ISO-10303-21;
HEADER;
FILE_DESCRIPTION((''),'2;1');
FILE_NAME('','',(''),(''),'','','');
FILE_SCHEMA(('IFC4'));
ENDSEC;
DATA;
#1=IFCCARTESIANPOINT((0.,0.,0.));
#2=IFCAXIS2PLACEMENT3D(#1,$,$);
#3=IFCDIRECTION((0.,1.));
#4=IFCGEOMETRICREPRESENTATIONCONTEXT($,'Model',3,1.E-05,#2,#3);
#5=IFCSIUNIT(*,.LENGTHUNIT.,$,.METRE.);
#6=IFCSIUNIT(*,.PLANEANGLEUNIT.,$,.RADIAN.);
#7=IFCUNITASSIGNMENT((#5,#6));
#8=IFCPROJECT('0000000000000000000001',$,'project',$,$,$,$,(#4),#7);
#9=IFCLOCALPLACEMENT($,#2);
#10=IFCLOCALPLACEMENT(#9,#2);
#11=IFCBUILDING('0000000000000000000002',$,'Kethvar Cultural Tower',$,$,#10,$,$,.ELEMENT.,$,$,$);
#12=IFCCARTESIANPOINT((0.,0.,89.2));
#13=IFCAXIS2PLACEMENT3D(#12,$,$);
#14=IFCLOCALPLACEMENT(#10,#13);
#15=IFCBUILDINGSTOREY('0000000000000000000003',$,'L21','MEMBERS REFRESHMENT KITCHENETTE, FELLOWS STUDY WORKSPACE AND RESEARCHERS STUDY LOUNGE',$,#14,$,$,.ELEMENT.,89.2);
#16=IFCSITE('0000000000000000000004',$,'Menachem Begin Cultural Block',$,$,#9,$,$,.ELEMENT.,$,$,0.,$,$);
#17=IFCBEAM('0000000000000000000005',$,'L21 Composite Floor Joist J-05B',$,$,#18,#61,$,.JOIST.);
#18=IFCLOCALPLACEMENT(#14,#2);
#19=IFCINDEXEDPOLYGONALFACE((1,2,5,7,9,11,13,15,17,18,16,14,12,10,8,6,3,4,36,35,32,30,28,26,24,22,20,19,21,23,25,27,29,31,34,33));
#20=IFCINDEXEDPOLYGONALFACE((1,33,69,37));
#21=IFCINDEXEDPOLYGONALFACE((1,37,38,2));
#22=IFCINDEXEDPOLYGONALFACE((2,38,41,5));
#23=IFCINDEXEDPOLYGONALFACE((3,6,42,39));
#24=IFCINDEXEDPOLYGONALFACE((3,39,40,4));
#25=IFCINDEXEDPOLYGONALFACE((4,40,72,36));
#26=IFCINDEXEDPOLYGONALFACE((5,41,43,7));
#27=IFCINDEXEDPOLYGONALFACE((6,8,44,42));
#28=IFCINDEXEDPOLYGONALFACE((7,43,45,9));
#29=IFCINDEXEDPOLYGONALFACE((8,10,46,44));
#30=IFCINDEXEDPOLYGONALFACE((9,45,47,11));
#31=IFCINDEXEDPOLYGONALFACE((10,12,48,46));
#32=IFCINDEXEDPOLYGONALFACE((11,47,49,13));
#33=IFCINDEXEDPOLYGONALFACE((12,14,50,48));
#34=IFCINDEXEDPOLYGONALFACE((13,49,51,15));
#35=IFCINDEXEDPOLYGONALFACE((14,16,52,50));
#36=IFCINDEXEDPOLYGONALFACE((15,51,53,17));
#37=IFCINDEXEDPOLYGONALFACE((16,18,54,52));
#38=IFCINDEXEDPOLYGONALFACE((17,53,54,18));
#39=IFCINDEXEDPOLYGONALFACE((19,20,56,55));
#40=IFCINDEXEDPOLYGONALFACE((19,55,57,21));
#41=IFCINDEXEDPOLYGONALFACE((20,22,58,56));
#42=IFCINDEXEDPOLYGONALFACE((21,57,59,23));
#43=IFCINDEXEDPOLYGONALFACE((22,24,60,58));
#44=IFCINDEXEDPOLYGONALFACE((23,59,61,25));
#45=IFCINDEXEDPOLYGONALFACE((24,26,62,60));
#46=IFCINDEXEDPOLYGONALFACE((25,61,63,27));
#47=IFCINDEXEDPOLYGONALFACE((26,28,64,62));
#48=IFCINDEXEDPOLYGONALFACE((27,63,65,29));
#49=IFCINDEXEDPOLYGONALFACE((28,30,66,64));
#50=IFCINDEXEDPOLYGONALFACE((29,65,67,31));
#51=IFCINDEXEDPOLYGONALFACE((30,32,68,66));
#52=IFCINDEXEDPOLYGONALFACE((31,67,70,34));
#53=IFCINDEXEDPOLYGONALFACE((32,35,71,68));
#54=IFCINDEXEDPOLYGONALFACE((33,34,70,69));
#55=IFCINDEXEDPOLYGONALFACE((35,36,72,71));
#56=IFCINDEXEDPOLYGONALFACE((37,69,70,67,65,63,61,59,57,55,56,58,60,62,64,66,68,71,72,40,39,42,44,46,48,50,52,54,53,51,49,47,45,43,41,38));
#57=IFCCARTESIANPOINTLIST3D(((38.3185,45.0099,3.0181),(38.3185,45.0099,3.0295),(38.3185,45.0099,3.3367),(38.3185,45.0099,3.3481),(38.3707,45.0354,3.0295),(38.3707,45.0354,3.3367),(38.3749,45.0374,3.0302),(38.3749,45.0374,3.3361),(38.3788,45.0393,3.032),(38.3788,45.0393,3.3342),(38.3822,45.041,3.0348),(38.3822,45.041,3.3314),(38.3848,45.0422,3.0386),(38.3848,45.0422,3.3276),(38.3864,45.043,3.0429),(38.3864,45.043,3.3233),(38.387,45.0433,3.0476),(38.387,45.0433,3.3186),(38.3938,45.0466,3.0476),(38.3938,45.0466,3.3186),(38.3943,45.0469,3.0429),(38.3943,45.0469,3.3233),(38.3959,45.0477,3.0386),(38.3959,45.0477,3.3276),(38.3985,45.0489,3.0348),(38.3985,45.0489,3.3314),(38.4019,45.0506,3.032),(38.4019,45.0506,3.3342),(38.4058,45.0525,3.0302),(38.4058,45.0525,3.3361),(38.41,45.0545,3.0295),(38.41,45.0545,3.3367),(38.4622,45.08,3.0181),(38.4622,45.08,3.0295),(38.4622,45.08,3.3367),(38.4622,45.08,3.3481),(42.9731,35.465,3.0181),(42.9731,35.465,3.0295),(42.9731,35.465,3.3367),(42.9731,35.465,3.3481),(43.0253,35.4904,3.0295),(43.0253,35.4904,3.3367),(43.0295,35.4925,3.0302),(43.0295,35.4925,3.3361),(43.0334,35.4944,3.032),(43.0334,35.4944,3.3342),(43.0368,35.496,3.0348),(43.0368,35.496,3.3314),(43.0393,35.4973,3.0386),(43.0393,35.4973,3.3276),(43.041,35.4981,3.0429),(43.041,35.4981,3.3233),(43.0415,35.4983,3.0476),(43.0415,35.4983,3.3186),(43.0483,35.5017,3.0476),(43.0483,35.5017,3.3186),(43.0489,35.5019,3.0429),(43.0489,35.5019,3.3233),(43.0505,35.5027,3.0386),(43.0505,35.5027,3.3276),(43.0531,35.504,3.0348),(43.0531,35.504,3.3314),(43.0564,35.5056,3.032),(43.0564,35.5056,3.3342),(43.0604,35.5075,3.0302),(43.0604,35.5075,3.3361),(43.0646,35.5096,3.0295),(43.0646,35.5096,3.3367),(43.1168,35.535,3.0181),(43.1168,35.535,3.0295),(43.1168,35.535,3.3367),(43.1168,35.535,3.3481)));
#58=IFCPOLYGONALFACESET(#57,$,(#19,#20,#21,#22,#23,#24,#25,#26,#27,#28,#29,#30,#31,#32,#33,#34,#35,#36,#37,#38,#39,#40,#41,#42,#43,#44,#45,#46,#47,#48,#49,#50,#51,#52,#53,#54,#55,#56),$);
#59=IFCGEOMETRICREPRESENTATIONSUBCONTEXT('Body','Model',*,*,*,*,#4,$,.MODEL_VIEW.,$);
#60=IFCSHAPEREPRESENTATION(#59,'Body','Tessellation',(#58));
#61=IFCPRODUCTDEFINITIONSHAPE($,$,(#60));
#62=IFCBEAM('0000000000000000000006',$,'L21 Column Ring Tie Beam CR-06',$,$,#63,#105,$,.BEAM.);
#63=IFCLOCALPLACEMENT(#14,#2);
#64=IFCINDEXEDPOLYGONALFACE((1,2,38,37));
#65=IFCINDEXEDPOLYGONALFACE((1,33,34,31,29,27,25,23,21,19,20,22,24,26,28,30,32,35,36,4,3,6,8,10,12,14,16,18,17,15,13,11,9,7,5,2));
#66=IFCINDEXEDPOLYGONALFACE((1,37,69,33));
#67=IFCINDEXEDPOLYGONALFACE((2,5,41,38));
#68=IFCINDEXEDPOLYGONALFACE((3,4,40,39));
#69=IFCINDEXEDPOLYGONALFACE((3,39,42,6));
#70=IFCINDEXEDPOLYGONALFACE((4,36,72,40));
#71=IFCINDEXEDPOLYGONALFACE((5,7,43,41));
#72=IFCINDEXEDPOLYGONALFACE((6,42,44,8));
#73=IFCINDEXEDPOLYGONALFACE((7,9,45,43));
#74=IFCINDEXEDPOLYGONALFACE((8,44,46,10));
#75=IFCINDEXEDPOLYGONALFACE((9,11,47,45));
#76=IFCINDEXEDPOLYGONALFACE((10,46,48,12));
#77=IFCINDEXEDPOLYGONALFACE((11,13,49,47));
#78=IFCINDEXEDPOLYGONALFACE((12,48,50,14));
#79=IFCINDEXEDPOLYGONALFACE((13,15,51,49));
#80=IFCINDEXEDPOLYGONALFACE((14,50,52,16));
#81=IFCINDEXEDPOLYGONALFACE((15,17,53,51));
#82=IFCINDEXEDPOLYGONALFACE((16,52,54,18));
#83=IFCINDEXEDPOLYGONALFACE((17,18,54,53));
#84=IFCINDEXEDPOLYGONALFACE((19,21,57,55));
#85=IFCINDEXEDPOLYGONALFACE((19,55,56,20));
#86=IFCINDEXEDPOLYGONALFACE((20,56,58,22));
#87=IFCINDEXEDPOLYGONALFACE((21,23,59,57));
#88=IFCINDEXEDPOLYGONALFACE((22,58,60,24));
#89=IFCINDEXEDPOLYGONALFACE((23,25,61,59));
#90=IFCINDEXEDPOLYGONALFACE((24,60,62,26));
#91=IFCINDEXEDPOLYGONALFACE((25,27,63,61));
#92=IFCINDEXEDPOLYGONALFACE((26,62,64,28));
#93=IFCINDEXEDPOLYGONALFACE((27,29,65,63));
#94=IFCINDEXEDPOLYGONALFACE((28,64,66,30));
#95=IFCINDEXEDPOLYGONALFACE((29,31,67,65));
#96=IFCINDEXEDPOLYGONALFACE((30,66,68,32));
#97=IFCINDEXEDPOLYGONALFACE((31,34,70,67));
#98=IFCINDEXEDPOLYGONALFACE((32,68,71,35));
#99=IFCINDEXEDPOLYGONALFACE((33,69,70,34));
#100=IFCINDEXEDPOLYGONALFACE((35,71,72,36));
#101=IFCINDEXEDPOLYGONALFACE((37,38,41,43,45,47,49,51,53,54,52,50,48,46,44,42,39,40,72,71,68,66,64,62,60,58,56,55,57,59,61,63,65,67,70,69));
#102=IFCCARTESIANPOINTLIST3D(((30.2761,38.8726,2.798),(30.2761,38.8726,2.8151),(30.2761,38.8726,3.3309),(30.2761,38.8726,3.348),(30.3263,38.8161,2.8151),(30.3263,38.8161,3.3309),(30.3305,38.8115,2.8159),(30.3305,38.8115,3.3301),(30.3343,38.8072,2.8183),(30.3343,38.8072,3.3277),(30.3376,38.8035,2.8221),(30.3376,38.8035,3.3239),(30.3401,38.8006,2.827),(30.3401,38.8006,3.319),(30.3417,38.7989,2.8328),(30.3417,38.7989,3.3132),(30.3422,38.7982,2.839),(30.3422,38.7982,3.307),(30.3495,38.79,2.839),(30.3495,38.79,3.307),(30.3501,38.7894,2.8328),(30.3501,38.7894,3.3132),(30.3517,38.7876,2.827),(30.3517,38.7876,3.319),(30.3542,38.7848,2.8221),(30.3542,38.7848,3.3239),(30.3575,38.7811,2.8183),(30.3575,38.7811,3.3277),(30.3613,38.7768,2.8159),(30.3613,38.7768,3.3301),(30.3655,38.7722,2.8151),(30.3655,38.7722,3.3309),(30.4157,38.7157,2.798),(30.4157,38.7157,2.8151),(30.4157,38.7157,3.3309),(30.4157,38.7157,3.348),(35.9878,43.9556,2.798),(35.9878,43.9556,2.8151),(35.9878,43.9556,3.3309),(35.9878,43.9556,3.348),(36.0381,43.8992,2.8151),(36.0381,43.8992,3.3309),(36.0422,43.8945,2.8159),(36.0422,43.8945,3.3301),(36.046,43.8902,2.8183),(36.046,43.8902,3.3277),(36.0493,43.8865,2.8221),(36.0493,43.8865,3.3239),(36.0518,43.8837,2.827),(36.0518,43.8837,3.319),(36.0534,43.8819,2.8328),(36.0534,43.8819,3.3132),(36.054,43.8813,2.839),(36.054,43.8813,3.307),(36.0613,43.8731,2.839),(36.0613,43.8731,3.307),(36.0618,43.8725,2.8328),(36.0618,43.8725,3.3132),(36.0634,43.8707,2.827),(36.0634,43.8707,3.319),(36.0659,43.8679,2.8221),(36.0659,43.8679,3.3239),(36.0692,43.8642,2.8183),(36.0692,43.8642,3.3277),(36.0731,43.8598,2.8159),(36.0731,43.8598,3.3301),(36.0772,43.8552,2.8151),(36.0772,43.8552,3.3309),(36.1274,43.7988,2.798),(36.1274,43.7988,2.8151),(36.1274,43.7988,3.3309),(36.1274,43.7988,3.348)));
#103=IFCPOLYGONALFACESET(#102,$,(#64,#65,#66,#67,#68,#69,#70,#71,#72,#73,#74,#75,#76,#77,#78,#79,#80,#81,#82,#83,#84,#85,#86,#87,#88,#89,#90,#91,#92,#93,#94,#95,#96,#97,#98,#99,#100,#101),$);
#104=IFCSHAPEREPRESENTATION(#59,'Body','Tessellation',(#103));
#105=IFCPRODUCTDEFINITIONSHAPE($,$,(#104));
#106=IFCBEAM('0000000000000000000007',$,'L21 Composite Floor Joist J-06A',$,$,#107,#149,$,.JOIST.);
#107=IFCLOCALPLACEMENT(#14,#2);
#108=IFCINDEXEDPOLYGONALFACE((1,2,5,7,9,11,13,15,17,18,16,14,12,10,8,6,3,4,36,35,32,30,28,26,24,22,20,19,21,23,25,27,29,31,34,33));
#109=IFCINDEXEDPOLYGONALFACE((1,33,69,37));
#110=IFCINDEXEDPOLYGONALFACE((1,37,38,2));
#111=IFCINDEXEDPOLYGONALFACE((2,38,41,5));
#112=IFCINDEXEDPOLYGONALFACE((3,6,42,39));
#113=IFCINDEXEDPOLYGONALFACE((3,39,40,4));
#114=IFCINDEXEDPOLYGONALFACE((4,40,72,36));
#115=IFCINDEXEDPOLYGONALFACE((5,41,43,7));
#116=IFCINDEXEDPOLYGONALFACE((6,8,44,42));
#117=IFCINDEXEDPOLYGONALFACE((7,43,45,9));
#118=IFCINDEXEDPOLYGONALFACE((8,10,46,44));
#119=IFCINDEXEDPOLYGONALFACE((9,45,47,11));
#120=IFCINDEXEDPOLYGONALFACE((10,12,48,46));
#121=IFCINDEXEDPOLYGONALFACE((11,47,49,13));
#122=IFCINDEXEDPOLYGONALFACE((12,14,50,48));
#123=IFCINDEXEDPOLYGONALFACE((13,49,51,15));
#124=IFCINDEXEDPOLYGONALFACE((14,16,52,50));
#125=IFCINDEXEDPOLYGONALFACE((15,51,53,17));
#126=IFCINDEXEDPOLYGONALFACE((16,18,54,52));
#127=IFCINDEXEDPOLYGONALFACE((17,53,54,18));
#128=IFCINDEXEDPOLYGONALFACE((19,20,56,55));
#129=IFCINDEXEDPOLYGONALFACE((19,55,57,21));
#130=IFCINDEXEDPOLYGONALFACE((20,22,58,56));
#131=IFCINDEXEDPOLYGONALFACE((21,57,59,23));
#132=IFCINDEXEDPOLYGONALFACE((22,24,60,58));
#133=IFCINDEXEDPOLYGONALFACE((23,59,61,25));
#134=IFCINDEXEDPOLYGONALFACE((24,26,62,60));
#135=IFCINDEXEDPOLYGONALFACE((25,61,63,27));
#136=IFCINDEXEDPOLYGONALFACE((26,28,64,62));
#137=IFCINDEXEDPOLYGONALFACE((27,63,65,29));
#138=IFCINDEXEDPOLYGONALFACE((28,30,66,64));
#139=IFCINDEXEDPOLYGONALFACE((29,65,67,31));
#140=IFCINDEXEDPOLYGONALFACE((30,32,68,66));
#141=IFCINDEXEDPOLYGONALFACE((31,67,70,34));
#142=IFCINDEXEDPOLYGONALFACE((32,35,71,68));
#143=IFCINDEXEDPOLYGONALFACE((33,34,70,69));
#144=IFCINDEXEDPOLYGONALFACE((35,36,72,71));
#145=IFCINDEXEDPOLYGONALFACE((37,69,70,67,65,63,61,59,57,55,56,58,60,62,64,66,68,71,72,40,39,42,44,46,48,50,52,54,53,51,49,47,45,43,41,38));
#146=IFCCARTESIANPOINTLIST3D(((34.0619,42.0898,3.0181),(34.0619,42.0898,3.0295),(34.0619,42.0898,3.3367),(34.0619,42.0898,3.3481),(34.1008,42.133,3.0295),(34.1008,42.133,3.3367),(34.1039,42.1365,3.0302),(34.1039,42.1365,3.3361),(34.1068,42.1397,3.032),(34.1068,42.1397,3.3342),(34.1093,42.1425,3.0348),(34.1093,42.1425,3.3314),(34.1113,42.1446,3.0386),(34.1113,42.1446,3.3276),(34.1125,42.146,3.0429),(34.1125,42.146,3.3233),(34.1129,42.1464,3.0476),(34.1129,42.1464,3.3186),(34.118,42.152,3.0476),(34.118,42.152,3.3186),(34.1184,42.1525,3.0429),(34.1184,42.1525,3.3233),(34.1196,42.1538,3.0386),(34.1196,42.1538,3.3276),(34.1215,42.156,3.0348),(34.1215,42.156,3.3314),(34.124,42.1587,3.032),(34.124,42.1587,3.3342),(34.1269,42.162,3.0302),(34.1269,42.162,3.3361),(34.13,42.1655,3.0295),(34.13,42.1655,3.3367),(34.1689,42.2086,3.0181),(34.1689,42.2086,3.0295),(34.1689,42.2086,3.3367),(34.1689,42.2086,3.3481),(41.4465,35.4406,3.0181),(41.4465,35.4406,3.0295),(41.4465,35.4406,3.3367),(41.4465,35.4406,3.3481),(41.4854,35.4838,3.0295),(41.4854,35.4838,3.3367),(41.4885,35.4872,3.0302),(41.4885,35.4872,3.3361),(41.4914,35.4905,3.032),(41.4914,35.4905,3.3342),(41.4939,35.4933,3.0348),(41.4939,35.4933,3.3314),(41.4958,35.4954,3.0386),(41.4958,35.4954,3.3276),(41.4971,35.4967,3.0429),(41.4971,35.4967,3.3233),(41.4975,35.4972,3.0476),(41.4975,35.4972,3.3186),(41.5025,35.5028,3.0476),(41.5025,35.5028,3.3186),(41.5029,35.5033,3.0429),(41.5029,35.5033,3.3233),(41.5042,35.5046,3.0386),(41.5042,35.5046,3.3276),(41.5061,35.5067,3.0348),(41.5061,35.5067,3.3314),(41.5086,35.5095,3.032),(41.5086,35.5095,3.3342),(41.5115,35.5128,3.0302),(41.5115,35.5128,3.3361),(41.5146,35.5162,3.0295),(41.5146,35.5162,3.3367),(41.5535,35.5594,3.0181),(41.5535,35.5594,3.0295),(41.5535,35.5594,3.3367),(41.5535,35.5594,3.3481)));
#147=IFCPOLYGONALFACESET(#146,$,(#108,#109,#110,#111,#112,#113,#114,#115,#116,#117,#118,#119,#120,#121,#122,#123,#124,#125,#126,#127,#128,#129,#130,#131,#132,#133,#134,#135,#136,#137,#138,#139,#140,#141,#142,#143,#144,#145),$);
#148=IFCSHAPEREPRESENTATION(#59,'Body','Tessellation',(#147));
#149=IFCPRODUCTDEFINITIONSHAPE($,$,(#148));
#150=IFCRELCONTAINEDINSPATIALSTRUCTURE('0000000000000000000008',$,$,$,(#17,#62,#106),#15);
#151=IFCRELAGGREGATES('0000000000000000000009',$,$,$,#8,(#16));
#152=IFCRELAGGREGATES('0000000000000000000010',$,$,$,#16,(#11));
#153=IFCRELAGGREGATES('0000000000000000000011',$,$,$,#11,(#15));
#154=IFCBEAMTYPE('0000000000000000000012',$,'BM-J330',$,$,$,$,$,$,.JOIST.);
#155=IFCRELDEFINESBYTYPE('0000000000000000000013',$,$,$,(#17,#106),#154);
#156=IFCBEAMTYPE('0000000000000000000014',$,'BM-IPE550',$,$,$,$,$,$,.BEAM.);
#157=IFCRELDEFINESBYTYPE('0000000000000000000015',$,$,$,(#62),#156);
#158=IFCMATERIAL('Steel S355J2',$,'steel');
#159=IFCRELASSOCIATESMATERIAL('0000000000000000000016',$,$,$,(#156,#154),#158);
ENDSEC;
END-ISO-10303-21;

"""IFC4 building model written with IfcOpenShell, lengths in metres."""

from ifc_helpers import new_model, si_unit, direction, frame, origin, origin_2d, place, context, subcontext, project, spatial, i_section, extrude, source, transform, mapped, material, material_profile, profile_set, type_object, element, save


model = new_model("IFC4")

# Units and contexts
model_context = context("Model", 3, precision=1e-05, world=origin(), true_north=direction((0.0, 1.0)))
body_context = subcontext(model_context, "Body", "Model", "MODEL_VIEW")
ifc_project = project(units=[si_unit("LENGTHUNIT", "METRE"), si_unit("PLANEANGLEUNIT", "RADIAN")], contexts=[model_context])

# Site, building, storey
site_placement = place(None, origin())
site = spatial("IfcSite", under=ifc_project, at=site_placement, Name="Menachem Begin Cultural Block", CompositionType="ELEMENT", RefElevation=0.0)
building_placement = place(site_placement, origin())
building = spatial("IfcBuilding", under=site, at=building_placement, Name="Kethvar Cultural Tower", CompositionType="ELEMENT")
storey_placement = place(building_placement, frame((0.0, 0.0, 89.2)))
storey = spatial("IfcBuildingStorey", under=building, at=storey_placement, Name="L21", Description="MEMBERS REFRESHMENT KITCHENETTE, FELLOWS STUDY WORKSPACE AND RESEARCHERS STUDY LOUNGE", CompositionType="ELEMENT", Elevation=89.2)

# Beams
ifc_material_1 = material(Name="Steel S355J2", Category="steel")
ifc_material_profile_1 = material_profile(ifc_material_1, i_section(OverallWidth=0.21, OverallDepth=0.55, WebThickness=0.011, FlangeThickness=0.0171, FilletRadius=0.0239, at=origin_2d()), Name="Steel S355J2 — IPE550")
ifc_profile_set_1 = profile_set([ifc_material_profile_1], Name="Steel S355J2 — IPE550")
beam_type_1 = type_object("IfcBeamType", Name="BM-IPE550", PredefinedType="BEAM", material=ifc_profile_set_1)
ifc_material_profile_2 = material_profile(ifc_material_1, i_section(OverallWidth=0.1599, OverallDepth=0.3301, WebThickness=0.0076, FlangeThickness=0.0115, FilletRadius=0.0181, at=origin_2d()), Name="Steel S355J2 — IPE330")
ifc_profile_set_2 = profile_set([ifc_material_profile_2], Name="Steel S355J2 — IPE330")
beam_type_2 = type_object("IfcBeamType", Name="BM-J330", PredefinedType="JOIST", material=ifc_profile_set_2)
shared_shape_1 = source(origin(), body_context, "Body", "SweptSolid", [
    extrude(i_section(OverallWidth=0.1599, OverallDepth=0.3301, WebThickness=0.0076, FlangeThickness=0.0115, FilletRadius=0.0181, at=origin_2d()), origin(), (0.0, 0.0, 1.0), 10.6194),
])
beam_1_placement = place(storey_placement, frame((43.0449, 35.5, 3.1831), z_axis=(-0.438308, 0.898825, 0.0), x_axis=(-0.898825, -0.438308, 0.0)))
element("IfcBeam", 1, at=beam_1_placement, inside=storey, type_object=beam_type_2, Name="L21 Composite Floor Joist J-05B", PredefinedType="JOIST", context=body_context, shape_type="MappedRepresentation", body=[
    mapped(shared_shape_1, transform((0.0, 0.0, 0.0), scale=1.0)),
])
shared_shape_2 = source(origin(), body_context, "Body", "SweptSolid", [
    extrude(i_section(OverallWidth=0.21, OverallDepth=0.55, WebThickness=0.011, FlangeThickness=0.0171, FilletRadius=0.0239, at=origin_2d()), origin(), (0.0, 0.0, 1.0), 7.646),
])
beam_2_placement = place(storey_placement, frame((36.0576, 43.8772, 3.073), z_axis=(-0.747022, -0.6648, 0.0), x_axis=(0.6648, -0.747022, 0.0)))
element("IfcBeam", 2, at=beam_2_placement, inside=storey, type_object=beam_type_1, Name="L21 Column Ring Tie Beam CR-06", PredefinedType="BEAM", context=body_context, shape_type="MappedRepresentation", body=[
    mapped(shared_shape_2, transform((0.0, 0.0, 0.0), scale=1.0)),
])
shared_shape_3 = source(origin(), body_context, "Body", "SweptSolid", [
    extrude(i_section(OverallWidth=0.1599, OverallDepth=0.3301, WebThickness=0.0076, FlangeThickness=0.0115, FilletRadius=0.0181, at=origin_2d()), origin(), (0.0, 0.0, 1.0), 9.937),
])
beam_3_placement = place(storey_placement, frame((41.5, 35.5, 3.1831), z_axis=(-0.743139, 0.669137, 0.0), x_axis=(-0.669137, -0.743139, 0.0)))
element("IfcBeam", 3, at=beam_3_placement, inside=storey, type_object=beam_type_2, Name="L21 Composite Floor Joist J-06A", PredefinedType="JOIST", context=body_context, shape_type="MappedRepresentation", body=[
    mapped(shared_shape_3, transform((0.0, 0.0, 0.0), scale=1.0)),
])

save(model, "model.ifc")
